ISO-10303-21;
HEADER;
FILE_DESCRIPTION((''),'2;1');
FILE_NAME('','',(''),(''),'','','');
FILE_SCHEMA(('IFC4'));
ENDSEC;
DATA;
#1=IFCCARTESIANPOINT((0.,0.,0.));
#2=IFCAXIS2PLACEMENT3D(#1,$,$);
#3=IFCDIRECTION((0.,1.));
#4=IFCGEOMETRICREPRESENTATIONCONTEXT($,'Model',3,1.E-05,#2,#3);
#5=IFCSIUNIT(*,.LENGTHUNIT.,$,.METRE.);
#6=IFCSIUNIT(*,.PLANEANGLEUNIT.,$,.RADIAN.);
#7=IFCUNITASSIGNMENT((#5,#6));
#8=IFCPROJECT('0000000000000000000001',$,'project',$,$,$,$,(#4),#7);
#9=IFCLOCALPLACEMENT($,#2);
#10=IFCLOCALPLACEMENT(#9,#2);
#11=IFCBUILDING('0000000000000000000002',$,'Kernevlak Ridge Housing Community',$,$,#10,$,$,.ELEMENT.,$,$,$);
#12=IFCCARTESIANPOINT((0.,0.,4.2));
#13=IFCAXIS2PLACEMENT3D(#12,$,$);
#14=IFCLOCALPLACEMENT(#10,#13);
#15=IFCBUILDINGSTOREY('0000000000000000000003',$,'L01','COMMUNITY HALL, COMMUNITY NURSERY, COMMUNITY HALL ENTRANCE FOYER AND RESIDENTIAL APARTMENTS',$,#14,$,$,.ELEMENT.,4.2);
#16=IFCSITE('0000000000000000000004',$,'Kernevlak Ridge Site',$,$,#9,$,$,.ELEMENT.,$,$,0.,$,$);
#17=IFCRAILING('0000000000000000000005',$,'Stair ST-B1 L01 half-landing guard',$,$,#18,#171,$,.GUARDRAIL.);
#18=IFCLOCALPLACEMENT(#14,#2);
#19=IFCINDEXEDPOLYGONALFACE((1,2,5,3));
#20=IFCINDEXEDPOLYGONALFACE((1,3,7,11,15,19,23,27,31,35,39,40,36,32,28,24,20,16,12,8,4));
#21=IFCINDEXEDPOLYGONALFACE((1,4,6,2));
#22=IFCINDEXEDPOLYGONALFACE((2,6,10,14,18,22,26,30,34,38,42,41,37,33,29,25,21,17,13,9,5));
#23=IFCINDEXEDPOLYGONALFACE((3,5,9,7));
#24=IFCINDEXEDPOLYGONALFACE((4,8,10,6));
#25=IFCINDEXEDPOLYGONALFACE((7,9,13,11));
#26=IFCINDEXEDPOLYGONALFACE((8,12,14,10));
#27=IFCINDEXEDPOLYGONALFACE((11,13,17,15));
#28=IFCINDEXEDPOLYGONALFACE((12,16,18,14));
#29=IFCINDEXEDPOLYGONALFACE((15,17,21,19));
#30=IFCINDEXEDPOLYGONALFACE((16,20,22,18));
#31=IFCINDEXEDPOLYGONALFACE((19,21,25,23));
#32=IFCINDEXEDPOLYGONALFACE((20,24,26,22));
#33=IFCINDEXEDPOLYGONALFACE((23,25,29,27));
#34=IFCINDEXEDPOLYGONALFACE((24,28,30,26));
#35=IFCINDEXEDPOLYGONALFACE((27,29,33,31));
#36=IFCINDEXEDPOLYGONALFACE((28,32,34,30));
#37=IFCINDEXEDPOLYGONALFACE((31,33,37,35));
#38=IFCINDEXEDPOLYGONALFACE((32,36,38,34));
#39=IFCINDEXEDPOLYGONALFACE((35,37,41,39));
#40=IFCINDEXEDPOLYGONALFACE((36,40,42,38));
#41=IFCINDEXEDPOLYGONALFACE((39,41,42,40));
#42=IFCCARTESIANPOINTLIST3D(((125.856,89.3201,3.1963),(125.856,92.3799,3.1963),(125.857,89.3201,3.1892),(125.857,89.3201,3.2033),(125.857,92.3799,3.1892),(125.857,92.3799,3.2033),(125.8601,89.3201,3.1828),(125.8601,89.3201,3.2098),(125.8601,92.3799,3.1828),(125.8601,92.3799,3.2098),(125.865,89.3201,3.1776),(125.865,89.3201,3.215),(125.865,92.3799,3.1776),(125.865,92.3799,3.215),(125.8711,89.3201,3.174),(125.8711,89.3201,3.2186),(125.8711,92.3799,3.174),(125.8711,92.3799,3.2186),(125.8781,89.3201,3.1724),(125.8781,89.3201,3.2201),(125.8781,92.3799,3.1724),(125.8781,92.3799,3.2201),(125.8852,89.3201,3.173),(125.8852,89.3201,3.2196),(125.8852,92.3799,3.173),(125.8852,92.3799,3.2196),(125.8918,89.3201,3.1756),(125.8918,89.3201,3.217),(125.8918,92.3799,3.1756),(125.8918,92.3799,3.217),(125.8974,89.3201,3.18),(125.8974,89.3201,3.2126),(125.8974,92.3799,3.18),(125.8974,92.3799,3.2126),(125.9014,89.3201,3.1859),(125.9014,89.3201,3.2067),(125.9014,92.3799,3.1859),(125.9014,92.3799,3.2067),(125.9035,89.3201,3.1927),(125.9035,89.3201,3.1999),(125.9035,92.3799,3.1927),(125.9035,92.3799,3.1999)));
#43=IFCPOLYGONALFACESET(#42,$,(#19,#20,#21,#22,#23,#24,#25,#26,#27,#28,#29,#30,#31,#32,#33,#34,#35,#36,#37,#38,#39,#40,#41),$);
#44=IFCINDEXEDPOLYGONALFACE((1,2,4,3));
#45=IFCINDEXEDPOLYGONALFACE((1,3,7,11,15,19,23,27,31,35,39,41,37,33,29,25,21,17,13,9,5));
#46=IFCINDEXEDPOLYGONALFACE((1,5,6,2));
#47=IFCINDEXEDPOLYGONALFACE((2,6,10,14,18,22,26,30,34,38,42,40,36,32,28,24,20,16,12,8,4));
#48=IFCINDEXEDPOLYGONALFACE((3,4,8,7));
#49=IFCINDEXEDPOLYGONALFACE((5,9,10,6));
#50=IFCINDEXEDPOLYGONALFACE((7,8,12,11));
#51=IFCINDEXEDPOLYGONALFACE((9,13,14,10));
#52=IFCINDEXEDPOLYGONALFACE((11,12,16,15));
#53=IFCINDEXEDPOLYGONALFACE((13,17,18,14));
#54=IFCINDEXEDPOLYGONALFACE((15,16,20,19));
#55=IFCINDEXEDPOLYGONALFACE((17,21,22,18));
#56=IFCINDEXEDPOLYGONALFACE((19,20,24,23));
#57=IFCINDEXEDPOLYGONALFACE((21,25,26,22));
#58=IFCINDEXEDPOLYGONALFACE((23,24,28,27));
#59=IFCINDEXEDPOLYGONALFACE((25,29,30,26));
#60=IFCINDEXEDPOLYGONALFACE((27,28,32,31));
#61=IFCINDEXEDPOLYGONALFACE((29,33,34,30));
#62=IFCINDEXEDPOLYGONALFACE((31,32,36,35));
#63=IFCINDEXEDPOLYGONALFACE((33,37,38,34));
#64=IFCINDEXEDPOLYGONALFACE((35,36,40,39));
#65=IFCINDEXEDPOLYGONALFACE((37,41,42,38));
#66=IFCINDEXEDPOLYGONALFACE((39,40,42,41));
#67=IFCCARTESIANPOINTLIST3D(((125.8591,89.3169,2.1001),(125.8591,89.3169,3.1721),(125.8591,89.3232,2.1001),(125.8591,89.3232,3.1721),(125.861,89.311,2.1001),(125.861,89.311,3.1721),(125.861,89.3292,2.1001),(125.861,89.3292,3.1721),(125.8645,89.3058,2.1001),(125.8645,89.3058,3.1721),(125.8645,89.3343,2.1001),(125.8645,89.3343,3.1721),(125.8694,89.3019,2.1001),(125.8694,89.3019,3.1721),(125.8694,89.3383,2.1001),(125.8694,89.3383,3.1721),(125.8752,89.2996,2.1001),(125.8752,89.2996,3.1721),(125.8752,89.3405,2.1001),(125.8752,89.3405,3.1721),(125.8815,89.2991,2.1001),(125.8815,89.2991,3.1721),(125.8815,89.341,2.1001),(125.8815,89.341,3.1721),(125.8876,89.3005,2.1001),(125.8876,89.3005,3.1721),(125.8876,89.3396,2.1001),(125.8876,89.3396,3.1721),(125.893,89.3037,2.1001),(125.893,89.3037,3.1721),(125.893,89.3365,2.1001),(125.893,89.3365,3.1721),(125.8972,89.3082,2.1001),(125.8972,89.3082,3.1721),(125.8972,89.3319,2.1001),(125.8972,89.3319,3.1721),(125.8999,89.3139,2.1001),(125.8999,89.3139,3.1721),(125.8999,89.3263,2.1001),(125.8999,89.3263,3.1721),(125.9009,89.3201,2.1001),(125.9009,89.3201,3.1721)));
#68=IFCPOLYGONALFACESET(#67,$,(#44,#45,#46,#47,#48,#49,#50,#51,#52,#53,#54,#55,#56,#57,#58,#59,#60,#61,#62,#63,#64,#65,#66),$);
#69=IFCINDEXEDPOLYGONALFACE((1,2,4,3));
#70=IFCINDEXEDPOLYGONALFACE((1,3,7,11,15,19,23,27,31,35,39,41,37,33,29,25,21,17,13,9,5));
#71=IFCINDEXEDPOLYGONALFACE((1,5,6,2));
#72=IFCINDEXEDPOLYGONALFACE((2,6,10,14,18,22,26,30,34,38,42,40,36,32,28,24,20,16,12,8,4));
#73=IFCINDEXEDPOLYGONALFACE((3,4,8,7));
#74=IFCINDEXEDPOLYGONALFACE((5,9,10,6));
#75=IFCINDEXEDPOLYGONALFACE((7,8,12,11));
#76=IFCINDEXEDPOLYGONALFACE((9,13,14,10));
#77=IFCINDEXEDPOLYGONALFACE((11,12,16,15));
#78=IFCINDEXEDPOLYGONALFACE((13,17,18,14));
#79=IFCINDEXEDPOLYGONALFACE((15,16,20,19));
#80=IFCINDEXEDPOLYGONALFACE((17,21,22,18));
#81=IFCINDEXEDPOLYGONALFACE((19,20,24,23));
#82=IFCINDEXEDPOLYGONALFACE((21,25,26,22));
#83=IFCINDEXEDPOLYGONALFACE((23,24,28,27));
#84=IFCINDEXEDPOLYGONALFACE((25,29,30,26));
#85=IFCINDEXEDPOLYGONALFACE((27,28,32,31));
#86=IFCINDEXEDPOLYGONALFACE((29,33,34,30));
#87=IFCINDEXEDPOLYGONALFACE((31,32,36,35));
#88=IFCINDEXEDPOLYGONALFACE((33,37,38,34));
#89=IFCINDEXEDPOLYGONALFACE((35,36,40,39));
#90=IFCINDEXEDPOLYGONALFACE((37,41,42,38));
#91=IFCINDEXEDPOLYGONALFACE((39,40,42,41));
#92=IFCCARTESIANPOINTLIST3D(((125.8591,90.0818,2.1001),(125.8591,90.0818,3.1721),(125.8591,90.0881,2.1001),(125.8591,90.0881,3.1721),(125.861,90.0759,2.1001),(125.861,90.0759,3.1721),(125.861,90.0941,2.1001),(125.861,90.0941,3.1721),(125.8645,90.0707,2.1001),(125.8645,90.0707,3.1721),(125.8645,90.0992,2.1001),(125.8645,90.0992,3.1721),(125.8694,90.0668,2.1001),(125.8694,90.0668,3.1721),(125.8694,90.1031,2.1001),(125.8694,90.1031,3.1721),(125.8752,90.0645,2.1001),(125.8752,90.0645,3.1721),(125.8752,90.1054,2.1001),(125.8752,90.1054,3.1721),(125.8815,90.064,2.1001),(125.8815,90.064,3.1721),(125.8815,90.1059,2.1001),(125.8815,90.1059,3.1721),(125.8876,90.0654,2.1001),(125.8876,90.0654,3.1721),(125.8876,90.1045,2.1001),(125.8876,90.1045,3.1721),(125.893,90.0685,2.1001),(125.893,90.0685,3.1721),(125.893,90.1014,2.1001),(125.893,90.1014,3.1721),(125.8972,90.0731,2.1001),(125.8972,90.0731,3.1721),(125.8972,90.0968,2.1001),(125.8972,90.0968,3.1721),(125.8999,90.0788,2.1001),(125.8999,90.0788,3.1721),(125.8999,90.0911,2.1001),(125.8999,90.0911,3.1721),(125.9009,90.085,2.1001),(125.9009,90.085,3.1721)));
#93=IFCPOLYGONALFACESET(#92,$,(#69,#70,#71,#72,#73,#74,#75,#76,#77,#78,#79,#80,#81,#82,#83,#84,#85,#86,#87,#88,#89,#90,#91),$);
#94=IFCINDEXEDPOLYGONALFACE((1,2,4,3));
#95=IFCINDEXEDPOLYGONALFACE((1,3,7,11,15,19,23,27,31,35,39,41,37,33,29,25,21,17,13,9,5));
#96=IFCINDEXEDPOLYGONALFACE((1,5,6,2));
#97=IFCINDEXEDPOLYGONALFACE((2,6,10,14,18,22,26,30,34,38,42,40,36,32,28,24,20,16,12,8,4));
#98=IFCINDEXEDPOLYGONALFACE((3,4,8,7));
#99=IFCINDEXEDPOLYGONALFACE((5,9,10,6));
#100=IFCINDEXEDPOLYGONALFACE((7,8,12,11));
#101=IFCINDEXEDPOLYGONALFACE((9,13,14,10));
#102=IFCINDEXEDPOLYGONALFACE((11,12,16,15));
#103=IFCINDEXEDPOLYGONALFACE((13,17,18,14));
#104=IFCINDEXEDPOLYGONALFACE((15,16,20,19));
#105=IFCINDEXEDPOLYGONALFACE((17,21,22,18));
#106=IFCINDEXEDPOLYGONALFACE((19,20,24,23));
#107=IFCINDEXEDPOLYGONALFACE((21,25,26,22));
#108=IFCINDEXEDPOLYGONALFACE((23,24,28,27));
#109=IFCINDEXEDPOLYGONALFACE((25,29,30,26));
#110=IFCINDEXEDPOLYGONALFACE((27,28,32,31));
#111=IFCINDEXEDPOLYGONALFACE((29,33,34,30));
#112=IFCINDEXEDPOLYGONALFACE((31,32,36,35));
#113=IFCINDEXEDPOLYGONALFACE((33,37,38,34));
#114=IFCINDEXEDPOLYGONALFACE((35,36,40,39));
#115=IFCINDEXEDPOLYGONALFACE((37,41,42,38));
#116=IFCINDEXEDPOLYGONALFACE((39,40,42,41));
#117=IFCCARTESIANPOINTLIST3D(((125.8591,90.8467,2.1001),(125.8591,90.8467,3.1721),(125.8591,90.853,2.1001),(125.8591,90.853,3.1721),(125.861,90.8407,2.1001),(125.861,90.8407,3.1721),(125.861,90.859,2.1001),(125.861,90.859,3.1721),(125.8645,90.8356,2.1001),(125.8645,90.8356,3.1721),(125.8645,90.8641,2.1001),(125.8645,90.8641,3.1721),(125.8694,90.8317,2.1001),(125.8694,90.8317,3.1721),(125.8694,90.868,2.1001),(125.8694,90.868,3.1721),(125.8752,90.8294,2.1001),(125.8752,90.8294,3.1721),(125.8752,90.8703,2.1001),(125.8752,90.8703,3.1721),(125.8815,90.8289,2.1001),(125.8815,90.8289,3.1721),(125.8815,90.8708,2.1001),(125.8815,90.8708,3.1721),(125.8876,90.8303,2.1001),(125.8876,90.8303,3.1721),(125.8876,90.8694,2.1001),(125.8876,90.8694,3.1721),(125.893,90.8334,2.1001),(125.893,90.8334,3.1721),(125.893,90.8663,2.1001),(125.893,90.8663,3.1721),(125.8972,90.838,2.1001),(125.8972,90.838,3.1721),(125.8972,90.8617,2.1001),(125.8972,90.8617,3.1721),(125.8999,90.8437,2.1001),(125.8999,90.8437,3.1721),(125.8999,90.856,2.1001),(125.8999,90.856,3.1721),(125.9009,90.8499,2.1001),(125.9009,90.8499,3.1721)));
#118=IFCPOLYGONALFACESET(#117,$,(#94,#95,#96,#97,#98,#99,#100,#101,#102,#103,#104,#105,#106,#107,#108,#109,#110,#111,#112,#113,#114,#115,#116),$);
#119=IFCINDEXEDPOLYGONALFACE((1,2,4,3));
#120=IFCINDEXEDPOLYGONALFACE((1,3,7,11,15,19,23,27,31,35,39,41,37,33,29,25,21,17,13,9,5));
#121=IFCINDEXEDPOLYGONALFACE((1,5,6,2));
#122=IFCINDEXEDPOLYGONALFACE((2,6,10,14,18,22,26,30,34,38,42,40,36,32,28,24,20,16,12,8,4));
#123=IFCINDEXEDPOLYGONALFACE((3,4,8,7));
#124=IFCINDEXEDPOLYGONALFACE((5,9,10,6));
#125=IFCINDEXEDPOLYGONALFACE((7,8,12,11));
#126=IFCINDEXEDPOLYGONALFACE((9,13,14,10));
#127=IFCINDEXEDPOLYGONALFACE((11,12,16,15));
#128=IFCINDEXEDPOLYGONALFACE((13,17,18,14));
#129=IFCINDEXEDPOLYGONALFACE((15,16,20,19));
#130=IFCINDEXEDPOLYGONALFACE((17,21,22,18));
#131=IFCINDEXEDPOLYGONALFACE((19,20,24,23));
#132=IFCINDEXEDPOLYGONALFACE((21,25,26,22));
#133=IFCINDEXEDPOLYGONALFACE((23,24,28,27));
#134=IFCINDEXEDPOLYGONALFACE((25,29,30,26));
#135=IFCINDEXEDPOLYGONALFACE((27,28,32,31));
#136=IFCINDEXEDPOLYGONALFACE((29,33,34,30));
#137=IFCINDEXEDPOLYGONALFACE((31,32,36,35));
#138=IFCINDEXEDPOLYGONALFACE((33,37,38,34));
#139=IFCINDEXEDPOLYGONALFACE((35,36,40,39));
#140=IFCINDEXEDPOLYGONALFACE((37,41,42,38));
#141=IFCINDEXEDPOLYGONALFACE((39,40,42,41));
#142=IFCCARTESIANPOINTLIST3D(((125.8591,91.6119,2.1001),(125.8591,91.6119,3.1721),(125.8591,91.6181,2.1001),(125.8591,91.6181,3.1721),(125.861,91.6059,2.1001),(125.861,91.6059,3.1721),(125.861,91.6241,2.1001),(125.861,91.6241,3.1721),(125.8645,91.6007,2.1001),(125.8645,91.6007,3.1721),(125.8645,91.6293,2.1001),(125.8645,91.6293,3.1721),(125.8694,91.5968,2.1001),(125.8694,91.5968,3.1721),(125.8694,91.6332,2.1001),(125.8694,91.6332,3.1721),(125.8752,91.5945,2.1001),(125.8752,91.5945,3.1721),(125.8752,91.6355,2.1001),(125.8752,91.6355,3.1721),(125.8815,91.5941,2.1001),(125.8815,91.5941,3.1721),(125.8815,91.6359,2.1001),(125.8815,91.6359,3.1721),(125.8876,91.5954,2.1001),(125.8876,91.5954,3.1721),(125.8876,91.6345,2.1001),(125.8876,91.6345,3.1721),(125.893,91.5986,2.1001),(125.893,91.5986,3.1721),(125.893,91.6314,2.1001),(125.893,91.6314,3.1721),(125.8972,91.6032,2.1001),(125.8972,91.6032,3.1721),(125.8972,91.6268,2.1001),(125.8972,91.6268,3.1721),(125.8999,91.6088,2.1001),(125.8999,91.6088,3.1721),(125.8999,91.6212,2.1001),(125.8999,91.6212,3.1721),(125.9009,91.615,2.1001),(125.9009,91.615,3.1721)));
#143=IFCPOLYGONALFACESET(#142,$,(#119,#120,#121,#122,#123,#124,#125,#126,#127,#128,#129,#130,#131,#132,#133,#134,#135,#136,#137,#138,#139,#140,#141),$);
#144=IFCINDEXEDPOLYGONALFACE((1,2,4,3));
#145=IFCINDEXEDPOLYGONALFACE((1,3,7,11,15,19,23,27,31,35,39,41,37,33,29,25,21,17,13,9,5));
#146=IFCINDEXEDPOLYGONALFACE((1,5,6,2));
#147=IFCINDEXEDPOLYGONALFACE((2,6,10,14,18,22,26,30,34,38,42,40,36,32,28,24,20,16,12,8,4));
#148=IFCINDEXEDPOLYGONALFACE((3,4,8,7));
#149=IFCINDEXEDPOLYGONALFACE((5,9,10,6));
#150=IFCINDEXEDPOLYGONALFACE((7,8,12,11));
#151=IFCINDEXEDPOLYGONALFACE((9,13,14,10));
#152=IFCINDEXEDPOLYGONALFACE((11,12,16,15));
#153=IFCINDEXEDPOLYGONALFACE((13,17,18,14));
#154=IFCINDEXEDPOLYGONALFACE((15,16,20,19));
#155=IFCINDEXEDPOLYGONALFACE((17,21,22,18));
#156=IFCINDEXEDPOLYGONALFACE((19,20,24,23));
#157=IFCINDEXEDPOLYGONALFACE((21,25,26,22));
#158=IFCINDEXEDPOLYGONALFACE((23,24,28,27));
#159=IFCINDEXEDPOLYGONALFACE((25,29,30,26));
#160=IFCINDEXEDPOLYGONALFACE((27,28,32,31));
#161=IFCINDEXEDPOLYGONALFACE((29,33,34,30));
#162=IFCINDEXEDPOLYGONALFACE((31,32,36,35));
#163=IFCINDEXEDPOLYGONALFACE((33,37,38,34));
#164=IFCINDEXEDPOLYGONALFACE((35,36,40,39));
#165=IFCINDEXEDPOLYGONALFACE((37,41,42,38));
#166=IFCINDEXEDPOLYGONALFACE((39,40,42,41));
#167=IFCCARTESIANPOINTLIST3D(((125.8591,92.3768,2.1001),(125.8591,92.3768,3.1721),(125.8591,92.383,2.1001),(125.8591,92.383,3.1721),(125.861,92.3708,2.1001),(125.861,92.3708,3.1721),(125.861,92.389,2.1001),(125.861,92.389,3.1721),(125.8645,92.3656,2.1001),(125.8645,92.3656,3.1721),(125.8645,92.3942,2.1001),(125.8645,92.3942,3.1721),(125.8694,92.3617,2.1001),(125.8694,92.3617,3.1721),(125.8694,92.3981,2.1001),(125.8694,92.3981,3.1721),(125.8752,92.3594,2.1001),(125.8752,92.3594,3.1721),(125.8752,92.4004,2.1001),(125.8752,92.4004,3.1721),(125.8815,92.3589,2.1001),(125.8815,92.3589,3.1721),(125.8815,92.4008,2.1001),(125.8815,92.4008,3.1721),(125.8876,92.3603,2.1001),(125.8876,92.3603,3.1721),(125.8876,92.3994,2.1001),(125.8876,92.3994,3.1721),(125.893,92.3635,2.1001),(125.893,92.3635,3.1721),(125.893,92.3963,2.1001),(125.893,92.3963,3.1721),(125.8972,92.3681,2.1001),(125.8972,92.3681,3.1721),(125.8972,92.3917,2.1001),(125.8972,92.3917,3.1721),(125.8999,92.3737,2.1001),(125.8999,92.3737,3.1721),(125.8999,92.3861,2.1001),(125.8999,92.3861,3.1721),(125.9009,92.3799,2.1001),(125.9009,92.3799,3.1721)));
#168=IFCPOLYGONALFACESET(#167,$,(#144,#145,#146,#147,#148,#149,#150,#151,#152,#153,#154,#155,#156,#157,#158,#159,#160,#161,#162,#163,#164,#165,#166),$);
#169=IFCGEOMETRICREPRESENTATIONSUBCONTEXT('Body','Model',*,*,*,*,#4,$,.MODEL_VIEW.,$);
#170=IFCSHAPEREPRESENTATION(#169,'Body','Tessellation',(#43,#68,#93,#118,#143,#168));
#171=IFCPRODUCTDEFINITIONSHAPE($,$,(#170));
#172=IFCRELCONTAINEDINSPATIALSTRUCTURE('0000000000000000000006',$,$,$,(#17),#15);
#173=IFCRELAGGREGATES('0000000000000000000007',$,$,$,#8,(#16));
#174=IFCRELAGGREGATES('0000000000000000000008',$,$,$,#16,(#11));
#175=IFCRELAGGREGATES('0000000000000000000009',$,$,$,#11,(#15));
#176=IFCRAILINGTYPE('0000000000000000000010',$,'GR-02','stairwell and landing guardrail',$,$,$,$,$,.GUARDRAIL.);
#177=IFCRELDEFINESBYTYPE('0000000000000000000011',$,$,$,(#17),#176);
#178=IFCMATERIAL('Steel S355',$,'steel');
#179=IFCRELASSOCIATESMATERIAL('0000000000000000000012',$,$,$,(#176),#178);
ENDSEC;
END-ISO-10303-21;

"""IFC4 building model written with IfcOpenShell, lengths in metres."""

from ifc_helpers import new_model, si_unit, direction, frame, origin, origin_2d, place, context, subcontext, project, spatial, circle, extrude, material, type_object, element, save


model = new_model("IFC4")

# Units and contexts
model_context = context("Model", 3, precision=1e-05, world=origin(), true_north=direction((0.0, 1.0)))
body_context = subcontext(model_context, "Body", "Model", "MODEL_VIEW")
ifc_project = project(units=[si_unit("LENGTHUNIT", "METRE"), si_unit("PLANEANGLEUNIT", "RADIAN")], contexts=[model_context])

# Site, building, storey
site_placement = place(None, origin())
site = spatial("IfcSite", under=ifc_project, at=site_placement, Name="Kernevlak Ridge Site", CompositionType="ELEMENT", RefElevation=0.0)
building_placement = place(site_placement, origin())
building = spatial("IfcBuilding", under=site, at=building_placement, Name="Kernevlak Ridge Housing Community", CompositionType="ELEMENT")
storey_placement = place(building_placement, frame((0.0, 0.0, 4.2)))
storey = spatial("IfcBuildingStorey", under=building, at=storey_placement, Name="L01", Description="COMMUNITY HALL, COMMUNITY NURSERY, COMMUNITY HALL ENTRANCE FOYER AND RESIDENTIAL APARTMENTS", CompositionType="ELEMENT", Elevation=4.2)

# Railing
ifc_material_1 = material(Name="Steel S355", Category="steel")
railing_type_1 = type_object("IfcRailingType", Name="GR-02", Description="stairwell and landing guardrail", PredefinedType="GUARDRAIL", material=ifc_material_1)
railing_1_placement = place(storey_placement, frame((125.8799, 89.3201, 2.1001)))
element("IfcRailing", 1, at=railing_1_placement, inside=storey, type_object=railing_type_1, Name="Stair ST-B1 L01 half-landing guard", PredefinedType="GUARDRAIL", context=body_context, shape_type="SweptSolid", body=[
    extrude(circle(Radius=0.0239, at=origin_2d()), frame((0.0, 0.0, 1.0962), z_axis=(0.0, 1.0, 0.0), x_axis=(-1.0, 0.0, 0.0)), (0.0, 0.0, 1.0), 3.0598),
    extrude(circle(Radius=0.021, at=origin_2d()), origin(), (0.0, 0.0, 1.0), 1.072),
    extrude(circle(Radius=0.021, at=origin_2d()), frame((0.0, 0.7649, 0.0)), (0.0, 0.0, 1.0), 1.072),
    extrude(circle(Radius=0.021, at=origin_2d()), frame((0.0, 1.5298, 0.0)), (0.0, 0.0, 1.0), 1.072),
    extrude(circle(Radius=0.021, at=origin_2d()), frame((0.0, 2.2949, 0.0)), (0.0, 0.0, 1.0), 1.072),
    extrude(circle(Radius=0.021, at=origin_2d()), frame((0.0, 3.0598, 0.0)), (0.0, 0.0, 1.0), 1.072),
])

save(model, "model.ifc")
